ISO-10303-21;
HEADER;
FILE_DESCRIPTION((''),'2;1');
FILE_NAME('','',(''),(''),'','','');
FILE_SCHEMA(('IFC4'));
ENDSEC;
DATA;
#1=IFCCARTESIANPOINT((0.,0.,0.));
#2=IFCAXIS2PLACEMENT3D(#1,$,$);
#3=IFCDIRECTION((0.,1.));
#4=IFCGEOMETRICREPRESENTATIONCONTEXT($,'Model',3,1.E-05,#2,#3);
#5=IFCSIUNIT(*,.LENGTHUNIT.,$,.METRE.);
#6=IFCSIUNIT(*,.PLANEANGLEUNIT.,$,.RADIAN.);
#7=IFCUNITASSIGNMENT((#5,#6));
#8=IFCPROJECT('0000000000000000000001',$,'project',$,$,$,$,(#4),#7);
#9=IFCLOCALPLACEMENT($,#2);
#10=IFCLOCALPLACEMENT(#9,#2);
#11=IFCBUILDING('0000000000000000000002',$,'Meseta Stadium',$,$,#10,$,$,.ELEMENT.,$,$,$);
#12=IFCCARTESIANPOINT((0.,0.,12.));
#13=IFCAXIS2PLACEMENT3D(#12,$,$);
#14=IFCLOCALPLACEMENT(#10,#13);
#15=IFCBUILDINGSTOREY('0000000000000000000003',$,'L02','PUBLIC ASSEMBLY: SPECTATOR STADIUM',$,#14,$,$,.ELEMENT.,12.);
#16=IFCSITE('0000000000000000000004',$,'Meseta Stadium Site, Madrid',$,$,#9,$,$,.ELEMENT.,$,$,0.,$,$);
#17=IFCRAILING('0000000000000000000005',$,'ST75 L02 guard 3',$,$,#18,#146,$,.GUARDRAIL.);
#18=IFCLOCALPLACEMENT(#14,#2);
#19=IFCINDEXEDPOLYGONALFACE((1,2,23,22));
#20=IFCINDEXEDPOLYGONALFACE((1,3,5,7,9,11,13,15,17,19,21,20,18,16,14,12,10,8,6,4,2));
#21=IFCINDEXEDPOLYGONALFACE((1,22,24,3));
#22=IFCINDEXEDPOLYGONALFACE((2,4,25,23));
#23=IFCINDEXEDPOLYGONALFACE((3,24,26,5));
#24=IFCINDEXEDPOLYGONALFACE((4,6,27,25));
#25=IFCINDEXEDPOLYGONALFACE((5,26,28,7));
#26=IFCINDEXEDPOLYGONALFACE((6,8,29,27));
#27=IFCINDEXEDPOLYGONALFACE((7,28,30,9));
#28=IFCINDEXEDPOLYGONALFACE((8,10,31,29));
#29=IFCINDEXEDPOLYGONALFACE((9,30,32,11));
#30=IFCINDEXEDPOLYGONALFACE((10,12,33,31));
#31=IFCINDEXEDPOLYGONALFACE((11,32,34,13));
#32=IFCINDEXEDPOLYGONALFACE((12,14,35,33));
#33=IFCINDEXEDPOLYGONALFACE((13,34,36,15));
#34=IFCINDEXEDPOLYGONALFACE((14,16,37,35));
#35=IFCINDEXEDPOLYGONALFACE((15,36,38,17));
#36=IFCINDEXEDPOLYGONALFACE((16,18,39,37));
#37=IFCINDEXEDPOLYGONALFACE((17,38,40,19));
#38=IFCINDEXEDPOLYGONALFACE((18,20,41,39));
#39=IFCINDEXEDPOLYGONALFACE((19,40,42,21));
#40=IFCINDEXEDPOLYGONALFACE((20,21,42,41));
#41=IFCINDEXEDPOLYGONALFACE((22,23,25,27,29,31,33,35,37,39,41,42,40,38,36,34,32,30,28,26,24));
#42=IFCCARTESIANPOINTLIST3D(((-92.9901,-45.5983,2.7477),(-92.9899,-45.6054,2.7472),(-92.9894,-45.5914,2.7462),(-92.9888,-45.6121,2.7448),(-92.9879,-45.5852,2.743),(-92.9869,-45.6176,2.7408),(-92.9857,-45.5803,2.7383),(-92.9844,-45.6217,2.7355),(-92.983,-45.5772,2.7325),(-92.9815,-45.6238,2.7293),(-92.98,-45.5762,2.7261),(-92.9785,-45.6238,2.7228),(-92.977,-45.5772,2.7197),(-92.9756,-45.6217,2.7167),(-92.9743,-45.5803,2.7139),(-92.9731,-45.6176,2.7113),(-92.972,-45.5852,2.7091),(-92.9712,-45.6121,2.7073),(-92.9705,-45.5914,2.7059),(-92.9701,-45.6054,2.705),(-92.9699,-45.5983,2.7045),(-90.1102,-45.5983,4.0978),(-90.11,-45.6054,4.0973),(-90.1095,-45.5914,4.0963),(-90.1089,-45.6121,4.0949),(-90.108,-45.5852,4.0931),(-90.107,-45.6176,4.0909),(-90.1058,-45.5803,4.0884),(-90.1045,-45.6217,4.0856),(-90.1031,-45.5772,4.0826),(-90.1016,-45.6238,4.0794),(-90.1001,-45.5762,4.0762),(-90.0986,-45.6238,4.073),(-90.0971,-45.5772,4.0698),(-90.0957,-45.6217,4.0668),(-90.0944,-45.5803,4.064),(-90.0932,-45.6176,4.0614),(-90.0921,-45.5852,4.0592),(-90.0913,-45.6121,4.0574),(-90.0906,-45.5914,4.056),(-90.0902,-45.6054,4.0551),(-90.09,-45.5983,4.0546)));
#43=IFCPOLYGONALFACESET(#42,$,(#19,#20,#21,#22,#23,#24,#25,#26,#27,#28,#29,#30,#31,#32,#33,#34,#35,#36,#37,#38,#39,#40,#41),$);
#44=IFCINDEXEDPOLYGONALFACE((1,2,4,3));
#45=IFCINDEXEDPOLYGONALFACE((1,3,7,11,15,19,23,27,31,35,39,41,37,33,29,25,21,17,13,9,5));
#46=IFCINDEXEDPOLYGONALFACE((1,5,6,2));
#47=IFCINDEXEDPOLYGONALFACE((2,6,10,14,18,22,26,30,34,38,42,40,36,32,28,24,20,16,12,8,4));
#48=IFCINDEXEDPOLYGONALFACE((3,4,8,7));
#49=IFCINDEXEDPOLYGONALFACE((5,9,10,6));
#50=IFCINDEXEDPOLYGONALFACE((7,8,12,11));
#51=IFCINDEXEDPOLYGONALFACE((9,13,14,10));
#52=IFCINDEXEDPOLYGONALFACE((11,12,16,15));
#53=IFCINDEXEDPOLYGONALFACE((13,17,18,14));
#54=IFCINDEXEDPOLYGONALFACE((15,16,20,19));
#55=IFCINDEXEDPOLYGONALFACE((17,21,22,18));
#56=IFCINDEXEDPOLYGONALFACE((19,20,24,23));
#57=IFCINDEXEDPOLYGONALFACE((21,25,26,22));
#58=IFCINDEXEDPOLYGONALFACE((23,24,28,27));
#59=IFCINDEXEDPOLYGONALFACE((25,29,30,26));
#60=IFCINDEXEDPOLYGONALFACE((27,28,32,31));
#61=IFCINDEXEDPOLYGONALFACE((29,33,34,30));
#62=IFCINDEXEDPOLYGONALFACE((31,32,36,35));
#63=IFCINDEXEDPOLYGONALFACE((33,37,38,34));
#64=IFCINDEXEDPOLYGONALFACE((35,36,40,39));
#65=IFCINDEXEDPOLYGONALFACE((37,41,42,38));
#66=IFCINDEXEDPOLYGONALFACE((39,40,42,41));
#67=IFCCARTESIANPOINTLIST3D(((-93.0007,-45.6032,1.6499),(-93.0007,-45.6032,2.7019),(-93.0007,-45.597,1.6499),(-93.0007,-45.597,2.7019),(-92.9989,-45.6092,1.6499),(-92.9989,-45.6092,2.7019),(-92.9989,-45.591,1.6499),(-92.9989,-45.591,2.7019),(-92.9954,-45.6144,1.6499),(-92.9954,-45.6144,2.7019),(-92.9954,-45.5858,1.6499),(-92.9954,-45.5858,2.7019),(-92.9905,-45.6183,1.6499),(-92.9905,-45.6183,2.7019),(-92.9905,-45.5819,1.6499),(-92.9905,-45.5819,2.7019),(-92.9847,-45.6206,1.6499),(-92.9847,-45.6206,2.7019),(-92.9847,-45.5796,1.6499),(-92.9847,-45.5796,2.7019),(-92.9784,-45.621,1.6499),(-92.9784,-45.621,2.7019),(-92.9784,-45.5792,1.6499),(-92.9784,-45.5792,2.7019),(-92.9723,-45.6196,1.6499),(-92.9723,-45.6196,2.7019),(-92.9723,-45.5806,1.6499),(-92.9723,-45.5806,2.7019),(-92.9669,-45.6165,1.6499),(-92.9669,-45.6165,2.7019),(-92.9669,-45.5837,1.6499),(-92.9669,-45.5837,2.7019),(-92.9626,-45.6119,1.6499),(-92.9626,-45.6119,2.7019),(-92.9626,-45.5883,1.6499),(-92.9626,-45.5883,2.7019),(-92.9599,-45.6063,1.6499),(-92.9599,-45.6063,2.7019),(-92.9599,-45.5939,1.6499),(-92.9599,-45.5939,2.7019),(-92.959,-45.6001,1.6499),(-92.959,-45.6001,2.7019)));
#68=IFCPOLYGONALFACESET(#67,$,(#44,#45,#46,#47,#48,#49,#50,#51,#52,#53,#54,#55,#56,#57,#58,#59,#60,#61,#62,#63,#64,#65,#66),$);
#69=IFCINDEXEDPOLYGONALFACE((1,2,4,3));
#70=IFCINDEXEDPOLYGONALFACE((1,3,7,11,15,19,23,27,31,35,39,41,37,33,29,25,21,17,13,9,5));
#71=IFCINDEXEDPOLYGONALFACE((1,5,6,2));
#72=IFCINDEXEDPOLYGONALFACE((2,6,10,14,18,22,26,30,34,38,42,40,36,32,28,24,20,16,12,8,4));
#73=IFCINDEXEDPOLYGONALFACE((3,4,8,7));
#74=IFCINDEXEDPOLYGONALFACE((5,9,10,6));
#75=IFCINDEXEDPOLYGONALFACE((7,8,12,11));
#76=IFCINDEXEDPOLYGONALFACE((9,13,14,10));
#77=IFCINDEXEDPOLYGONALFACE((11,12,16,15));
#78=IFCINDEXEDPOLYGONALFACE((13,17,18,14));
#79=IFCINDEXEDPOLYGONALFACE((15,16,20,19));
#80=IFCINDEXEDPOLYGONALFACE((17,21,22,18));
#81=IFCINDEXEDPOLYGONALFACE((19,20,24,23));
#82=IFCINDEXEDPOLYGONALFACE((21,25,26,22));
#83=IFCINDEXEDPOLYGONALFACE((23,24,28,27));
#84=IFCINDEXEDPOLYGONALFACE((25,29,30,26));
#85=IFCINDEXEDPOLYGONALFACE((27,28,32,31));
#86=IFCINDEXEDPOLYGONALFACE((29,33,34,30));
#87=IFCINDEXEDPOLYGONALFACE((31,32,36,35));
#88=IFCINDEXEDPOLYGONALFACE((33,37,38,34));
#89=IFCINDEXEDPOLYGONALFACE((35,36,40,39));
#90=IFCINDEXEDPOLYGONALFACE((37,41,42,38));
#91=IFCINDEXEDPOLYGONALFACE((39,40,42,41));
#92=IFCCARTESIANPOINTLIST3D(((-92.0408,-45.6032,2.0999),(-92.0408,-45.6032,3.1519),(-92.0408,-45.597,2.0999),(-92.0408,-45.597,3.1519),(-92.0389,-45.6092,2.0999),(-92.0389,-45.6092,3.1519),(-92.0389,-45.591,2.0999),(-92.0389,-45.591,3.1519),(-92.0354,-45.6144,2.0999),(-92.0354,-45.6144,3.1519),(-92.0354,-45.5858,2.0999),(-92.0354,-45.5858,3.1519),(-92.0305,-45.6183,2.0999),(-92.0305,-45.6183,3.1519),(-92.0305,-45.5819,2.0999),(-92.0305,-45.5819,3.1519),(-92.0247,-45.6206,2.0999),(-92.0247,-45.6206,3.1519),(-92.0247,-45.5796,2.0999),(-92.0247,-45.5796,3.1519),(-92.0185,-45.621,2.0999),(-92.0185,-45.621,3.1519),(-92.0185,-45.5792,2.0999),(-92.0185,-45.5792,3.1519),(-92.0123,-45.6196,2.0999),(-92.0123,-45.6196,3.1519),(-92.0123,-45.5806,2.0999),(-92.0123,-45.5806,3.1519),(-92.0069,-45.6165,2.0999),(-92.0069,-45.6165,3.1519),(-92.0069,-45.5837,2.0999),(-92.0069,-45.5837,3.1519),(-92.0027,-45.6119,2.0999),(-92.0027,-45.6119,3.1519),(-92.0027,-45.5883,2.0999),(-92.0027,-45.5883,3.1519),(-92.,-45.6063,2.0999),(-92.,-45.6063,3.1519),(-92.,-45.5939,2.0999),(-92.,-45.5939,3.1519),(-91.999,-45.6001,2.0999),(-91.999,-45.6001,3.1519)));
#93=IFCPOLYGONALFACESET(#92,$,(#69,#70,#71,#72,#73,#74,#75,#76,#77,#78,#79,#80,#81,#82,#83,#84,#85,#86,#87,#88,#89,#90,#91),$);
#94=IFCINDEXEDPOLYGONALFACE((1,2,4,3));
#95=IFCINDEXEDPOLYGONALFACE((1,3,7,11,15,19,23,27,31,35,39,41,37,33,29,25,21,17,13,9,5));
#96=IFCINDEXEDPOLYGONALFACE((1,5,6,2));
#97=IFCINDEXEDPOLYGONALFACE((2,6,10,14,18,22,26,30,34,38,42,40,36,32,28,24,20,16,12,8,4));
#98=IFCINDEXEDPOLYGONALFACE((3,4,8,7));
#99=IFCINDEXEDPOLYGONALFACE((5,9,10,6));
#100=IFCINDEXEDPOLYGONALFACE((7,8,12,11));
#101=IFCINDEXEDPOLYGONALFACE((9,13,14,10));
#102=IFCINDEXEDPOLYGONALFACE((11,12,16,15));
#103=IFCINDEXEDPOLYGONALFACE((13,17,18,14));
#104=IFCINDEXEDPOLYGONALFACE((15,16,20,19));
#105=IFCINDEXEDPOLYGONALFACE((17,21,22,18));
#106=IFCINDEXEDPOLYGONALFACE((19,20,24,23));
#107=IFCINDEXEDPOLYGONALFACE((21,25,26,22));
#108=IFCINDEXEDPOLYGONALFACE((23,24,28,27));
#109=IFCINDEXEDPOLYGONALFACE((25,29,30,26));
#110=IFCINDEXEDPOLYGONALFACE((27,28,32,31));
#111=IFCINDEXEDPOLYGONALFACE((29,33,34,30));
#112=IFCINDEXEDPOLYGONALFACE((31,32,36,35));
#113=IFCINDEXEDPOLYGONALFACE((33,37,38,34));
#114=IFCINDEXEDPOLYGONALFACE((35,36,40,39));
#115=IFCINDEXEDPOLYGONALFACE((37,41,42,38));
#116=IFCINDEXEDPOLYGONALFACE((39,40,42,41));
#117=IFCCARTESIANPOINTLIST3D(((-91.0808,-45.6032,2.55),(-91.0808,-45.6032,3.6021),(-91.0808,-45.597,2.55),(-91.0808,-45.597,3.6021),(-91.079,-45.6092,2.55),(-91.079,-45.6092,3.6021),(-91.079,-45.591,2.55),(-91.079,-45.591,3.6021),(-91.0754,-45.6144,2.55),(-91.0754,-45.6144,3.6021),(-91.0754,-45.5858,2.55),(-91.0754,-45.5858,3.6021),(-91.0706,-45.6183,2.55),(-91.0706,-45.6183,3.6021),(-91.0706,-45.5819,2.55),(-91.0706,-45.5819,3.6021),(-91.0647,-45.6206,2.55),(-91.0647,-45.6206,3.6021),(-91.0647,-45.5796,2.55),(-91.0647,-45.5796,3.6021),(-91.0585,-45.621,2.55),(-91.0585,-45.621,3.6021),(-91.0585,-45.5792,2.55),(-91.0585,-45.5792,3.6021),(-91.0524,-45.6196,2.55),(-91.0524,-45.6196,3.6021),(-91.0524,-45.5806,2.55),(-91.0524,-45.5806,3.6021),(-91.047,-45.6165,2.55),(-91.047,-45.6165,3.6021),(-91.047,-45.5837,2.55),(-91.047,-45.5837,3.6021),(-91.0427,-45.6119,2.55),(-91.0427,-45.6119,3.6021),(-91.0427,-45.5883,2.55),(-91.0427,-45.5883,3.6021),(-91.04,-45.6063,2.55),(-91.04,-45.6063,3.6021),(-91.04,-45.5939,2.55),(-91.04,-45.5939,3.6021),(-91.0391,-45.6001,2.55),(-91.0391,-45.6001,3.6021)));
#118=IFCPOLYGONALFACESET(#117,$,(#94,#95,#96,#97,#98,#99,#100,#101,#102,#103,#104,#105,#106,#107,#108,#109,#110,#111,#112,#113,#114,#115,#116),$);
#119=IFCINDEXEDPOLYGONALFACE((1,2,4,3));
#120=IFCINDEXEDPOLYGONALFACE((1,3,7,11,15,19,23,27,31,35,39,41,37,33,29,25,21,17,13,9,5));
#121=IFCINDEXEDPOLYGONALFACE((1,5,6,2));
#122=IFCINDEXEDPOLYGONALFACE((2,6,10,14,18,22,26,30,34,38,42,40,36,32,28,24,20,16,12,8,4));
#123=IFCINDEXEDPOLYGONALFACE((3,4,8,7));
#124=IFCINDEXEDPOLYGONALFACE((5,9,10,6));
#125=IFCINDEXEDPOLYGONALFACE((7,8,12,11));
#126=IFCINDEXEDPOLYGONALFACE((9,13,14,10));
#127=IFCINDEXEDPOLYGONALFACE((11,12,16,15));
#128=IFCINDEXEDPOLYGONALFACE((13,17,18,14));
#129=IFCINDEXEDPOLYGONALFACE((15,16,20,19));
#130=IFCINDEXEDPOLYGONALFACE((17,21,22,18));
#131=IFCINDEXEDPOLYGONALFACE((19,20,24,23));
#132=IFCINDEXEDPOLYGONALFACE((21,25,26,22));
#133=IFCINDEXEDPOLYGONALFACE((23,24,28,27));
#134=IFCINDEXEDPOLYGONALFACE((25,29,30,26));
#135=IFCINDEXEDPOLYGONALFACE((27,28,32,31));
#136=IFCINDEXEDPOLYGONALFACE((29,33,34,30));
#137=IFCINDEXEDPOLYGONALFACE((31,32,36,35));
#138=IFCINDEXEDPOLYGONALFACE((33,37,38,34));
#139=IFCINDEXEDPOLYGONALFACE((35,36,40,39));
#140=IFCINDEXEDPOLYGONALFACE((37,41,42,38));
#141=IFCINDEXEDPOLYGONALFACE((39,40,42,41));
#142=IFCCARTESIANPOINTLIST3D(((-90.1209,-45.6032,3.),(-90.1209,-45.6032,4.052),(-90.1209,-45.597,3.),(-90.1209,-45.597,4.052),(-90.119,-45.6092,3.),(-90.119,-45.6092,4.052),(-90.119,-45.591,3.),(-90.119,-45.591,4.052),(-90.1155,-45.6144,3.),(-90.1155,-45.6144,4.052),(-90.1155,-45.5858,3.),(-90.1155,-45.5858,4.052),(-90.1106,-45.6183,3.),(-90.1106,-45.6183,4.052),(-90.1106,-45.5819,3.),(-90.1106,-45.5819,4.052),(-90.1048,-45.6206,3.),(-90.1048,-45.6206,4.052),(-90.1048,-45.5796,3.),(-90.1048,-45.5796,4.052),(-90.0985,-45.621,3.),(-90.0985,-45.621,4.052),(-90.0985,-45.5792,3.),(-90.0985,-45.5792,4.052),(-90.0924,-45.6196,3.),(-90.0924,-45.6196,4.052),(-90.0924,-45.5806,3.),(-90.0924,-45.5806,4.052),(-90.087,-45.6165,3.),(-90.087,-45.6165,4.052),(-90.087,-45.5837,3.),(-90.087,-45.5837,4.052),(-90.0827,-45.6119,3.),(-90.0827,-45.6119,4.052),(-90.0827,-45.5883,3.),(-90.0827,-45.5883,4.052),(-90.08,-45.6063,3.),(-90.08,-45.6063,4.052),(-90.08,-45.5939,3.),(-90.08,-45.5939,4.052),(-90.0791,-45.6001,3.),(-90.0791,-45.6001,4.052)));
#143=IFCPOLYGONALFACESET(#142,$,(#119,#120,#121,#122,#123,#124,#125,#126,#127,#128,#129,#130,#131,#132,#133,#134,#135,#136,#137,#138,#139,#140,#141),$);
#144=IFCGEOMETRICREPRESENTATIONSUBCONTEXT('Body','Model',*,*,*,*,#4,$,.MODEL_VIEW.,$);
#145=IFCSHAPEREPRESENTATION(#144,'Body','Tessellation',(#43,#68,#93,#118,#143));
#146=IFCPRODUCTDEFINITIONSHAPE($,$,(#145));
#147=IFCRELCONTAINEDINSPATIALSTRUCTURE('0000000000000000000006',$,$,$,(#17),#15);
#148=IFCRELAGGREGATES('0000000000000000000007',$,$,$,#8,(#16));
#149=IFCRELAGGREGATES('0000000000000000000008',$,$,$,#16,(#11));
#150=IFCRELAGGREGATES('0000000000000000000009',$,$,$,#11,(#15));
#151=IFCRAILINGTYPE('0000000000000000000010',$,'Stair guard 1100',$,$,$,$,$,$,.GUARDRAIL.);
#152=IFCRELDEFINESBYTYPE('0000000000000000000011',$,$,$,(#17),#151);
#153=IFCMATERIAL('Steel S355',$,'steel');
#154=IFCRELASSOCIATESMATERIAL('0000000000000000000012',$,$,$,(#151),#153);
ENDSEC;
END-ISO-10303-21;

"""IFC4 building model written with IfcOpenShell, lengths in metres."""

from ifc_helpers import new_model, si_unit, direction, frame, origin, origin_2d, place, context, subcontext, project, spatial, circle, extrude, material, type_object, element, save


model = new_model("IFC4")

# Units and contexts
model_context = context("Model", 3, precision=1e-05, world=origin(), true_north=direction((0.0, 1.0)))
body_context = subcontext(model_context, "Body", "Model", "MODEL_VIEW")
ifc_project = project(units=[si_unit("LENGTHUNIT", "METRE"), si_unit("PLANEANGLEUNIT", "RADIAN")], contexts=[model_context])

# Site, building, storey
site_placement = place(None, origin())
site = spatial("IfcSite", under=ifc_project, at=site_placement, Name="Meseta Stadium Site, Madrid", CompositionType="ELEMENT", RefElevation=0.0)
building_placement = place(site_placement, origin())
building = spatial("IfcBuilding", under=site, at=building_placement, Name="Meseta Stadium", CompositionType="ELEMENT")
storey_placement = place(building_placement, frame((0.0, 0.0, 12.0)))
storey = spatial("IfcBuildingStorey", under=building, at=storey_placement, Name="L02", Description="PUBLIC ASSEMBLY: SPECTATOR STADIUM", CompositionType="ELEMENT", Elevation=12.0)

# Railing
ifc_material_1 = material(Name="Steel S355", Category="steel")
railing_type_1 = type_object("IfcRailingType", Name="Stair guard 1100", PredefinedType="GUARDRAIL", material=ifc_material_1)
railing_1_placement = place(storey_placement, frame((-92.98, -45.6001, 1.6499)))
element("IfcRailing", 1, at=railing_1_placement, inside=storey, type_object=railing_type_1, Name="ST75 L02 guard 3", PredefinedType="GUARDRAIL", context=body_context, shape_type="SweptSolid", body=[
    extrude(circle(Radius=0.0239, at=origin_2d()), frame((0.0, 0.0, 1.0762), z_axis=(0.90544, 0.0, 0.424473), x_axis=(0.0, 1.0, 0.0)), (0.0, 0.0, 1.0), 3.1807),
    extrude(circle(Radius=0.021, at=origin_2d()), origin(), (0.0, 0.0, 1.0), 1.052),
    extrude(circle(Radius=0.021, at=origin_2d()), frame((0.96, 0.0, 0.45)), (0.0, 0.0, 1.0), 1.052),
    extrude(circle(Radius=0.021, at=origin_2d()), frame((1.9199, 0.0, 0.9001)), (0.0, 0.0, 1.0), 1.052),
    extrude(circle(Radius=0.021, at=origin_2d()), frame((2.8799, 0.0, 1.3501)), (0.0, 0.0, 1.0), 1.052),
])

save(model, "model.ifc")
